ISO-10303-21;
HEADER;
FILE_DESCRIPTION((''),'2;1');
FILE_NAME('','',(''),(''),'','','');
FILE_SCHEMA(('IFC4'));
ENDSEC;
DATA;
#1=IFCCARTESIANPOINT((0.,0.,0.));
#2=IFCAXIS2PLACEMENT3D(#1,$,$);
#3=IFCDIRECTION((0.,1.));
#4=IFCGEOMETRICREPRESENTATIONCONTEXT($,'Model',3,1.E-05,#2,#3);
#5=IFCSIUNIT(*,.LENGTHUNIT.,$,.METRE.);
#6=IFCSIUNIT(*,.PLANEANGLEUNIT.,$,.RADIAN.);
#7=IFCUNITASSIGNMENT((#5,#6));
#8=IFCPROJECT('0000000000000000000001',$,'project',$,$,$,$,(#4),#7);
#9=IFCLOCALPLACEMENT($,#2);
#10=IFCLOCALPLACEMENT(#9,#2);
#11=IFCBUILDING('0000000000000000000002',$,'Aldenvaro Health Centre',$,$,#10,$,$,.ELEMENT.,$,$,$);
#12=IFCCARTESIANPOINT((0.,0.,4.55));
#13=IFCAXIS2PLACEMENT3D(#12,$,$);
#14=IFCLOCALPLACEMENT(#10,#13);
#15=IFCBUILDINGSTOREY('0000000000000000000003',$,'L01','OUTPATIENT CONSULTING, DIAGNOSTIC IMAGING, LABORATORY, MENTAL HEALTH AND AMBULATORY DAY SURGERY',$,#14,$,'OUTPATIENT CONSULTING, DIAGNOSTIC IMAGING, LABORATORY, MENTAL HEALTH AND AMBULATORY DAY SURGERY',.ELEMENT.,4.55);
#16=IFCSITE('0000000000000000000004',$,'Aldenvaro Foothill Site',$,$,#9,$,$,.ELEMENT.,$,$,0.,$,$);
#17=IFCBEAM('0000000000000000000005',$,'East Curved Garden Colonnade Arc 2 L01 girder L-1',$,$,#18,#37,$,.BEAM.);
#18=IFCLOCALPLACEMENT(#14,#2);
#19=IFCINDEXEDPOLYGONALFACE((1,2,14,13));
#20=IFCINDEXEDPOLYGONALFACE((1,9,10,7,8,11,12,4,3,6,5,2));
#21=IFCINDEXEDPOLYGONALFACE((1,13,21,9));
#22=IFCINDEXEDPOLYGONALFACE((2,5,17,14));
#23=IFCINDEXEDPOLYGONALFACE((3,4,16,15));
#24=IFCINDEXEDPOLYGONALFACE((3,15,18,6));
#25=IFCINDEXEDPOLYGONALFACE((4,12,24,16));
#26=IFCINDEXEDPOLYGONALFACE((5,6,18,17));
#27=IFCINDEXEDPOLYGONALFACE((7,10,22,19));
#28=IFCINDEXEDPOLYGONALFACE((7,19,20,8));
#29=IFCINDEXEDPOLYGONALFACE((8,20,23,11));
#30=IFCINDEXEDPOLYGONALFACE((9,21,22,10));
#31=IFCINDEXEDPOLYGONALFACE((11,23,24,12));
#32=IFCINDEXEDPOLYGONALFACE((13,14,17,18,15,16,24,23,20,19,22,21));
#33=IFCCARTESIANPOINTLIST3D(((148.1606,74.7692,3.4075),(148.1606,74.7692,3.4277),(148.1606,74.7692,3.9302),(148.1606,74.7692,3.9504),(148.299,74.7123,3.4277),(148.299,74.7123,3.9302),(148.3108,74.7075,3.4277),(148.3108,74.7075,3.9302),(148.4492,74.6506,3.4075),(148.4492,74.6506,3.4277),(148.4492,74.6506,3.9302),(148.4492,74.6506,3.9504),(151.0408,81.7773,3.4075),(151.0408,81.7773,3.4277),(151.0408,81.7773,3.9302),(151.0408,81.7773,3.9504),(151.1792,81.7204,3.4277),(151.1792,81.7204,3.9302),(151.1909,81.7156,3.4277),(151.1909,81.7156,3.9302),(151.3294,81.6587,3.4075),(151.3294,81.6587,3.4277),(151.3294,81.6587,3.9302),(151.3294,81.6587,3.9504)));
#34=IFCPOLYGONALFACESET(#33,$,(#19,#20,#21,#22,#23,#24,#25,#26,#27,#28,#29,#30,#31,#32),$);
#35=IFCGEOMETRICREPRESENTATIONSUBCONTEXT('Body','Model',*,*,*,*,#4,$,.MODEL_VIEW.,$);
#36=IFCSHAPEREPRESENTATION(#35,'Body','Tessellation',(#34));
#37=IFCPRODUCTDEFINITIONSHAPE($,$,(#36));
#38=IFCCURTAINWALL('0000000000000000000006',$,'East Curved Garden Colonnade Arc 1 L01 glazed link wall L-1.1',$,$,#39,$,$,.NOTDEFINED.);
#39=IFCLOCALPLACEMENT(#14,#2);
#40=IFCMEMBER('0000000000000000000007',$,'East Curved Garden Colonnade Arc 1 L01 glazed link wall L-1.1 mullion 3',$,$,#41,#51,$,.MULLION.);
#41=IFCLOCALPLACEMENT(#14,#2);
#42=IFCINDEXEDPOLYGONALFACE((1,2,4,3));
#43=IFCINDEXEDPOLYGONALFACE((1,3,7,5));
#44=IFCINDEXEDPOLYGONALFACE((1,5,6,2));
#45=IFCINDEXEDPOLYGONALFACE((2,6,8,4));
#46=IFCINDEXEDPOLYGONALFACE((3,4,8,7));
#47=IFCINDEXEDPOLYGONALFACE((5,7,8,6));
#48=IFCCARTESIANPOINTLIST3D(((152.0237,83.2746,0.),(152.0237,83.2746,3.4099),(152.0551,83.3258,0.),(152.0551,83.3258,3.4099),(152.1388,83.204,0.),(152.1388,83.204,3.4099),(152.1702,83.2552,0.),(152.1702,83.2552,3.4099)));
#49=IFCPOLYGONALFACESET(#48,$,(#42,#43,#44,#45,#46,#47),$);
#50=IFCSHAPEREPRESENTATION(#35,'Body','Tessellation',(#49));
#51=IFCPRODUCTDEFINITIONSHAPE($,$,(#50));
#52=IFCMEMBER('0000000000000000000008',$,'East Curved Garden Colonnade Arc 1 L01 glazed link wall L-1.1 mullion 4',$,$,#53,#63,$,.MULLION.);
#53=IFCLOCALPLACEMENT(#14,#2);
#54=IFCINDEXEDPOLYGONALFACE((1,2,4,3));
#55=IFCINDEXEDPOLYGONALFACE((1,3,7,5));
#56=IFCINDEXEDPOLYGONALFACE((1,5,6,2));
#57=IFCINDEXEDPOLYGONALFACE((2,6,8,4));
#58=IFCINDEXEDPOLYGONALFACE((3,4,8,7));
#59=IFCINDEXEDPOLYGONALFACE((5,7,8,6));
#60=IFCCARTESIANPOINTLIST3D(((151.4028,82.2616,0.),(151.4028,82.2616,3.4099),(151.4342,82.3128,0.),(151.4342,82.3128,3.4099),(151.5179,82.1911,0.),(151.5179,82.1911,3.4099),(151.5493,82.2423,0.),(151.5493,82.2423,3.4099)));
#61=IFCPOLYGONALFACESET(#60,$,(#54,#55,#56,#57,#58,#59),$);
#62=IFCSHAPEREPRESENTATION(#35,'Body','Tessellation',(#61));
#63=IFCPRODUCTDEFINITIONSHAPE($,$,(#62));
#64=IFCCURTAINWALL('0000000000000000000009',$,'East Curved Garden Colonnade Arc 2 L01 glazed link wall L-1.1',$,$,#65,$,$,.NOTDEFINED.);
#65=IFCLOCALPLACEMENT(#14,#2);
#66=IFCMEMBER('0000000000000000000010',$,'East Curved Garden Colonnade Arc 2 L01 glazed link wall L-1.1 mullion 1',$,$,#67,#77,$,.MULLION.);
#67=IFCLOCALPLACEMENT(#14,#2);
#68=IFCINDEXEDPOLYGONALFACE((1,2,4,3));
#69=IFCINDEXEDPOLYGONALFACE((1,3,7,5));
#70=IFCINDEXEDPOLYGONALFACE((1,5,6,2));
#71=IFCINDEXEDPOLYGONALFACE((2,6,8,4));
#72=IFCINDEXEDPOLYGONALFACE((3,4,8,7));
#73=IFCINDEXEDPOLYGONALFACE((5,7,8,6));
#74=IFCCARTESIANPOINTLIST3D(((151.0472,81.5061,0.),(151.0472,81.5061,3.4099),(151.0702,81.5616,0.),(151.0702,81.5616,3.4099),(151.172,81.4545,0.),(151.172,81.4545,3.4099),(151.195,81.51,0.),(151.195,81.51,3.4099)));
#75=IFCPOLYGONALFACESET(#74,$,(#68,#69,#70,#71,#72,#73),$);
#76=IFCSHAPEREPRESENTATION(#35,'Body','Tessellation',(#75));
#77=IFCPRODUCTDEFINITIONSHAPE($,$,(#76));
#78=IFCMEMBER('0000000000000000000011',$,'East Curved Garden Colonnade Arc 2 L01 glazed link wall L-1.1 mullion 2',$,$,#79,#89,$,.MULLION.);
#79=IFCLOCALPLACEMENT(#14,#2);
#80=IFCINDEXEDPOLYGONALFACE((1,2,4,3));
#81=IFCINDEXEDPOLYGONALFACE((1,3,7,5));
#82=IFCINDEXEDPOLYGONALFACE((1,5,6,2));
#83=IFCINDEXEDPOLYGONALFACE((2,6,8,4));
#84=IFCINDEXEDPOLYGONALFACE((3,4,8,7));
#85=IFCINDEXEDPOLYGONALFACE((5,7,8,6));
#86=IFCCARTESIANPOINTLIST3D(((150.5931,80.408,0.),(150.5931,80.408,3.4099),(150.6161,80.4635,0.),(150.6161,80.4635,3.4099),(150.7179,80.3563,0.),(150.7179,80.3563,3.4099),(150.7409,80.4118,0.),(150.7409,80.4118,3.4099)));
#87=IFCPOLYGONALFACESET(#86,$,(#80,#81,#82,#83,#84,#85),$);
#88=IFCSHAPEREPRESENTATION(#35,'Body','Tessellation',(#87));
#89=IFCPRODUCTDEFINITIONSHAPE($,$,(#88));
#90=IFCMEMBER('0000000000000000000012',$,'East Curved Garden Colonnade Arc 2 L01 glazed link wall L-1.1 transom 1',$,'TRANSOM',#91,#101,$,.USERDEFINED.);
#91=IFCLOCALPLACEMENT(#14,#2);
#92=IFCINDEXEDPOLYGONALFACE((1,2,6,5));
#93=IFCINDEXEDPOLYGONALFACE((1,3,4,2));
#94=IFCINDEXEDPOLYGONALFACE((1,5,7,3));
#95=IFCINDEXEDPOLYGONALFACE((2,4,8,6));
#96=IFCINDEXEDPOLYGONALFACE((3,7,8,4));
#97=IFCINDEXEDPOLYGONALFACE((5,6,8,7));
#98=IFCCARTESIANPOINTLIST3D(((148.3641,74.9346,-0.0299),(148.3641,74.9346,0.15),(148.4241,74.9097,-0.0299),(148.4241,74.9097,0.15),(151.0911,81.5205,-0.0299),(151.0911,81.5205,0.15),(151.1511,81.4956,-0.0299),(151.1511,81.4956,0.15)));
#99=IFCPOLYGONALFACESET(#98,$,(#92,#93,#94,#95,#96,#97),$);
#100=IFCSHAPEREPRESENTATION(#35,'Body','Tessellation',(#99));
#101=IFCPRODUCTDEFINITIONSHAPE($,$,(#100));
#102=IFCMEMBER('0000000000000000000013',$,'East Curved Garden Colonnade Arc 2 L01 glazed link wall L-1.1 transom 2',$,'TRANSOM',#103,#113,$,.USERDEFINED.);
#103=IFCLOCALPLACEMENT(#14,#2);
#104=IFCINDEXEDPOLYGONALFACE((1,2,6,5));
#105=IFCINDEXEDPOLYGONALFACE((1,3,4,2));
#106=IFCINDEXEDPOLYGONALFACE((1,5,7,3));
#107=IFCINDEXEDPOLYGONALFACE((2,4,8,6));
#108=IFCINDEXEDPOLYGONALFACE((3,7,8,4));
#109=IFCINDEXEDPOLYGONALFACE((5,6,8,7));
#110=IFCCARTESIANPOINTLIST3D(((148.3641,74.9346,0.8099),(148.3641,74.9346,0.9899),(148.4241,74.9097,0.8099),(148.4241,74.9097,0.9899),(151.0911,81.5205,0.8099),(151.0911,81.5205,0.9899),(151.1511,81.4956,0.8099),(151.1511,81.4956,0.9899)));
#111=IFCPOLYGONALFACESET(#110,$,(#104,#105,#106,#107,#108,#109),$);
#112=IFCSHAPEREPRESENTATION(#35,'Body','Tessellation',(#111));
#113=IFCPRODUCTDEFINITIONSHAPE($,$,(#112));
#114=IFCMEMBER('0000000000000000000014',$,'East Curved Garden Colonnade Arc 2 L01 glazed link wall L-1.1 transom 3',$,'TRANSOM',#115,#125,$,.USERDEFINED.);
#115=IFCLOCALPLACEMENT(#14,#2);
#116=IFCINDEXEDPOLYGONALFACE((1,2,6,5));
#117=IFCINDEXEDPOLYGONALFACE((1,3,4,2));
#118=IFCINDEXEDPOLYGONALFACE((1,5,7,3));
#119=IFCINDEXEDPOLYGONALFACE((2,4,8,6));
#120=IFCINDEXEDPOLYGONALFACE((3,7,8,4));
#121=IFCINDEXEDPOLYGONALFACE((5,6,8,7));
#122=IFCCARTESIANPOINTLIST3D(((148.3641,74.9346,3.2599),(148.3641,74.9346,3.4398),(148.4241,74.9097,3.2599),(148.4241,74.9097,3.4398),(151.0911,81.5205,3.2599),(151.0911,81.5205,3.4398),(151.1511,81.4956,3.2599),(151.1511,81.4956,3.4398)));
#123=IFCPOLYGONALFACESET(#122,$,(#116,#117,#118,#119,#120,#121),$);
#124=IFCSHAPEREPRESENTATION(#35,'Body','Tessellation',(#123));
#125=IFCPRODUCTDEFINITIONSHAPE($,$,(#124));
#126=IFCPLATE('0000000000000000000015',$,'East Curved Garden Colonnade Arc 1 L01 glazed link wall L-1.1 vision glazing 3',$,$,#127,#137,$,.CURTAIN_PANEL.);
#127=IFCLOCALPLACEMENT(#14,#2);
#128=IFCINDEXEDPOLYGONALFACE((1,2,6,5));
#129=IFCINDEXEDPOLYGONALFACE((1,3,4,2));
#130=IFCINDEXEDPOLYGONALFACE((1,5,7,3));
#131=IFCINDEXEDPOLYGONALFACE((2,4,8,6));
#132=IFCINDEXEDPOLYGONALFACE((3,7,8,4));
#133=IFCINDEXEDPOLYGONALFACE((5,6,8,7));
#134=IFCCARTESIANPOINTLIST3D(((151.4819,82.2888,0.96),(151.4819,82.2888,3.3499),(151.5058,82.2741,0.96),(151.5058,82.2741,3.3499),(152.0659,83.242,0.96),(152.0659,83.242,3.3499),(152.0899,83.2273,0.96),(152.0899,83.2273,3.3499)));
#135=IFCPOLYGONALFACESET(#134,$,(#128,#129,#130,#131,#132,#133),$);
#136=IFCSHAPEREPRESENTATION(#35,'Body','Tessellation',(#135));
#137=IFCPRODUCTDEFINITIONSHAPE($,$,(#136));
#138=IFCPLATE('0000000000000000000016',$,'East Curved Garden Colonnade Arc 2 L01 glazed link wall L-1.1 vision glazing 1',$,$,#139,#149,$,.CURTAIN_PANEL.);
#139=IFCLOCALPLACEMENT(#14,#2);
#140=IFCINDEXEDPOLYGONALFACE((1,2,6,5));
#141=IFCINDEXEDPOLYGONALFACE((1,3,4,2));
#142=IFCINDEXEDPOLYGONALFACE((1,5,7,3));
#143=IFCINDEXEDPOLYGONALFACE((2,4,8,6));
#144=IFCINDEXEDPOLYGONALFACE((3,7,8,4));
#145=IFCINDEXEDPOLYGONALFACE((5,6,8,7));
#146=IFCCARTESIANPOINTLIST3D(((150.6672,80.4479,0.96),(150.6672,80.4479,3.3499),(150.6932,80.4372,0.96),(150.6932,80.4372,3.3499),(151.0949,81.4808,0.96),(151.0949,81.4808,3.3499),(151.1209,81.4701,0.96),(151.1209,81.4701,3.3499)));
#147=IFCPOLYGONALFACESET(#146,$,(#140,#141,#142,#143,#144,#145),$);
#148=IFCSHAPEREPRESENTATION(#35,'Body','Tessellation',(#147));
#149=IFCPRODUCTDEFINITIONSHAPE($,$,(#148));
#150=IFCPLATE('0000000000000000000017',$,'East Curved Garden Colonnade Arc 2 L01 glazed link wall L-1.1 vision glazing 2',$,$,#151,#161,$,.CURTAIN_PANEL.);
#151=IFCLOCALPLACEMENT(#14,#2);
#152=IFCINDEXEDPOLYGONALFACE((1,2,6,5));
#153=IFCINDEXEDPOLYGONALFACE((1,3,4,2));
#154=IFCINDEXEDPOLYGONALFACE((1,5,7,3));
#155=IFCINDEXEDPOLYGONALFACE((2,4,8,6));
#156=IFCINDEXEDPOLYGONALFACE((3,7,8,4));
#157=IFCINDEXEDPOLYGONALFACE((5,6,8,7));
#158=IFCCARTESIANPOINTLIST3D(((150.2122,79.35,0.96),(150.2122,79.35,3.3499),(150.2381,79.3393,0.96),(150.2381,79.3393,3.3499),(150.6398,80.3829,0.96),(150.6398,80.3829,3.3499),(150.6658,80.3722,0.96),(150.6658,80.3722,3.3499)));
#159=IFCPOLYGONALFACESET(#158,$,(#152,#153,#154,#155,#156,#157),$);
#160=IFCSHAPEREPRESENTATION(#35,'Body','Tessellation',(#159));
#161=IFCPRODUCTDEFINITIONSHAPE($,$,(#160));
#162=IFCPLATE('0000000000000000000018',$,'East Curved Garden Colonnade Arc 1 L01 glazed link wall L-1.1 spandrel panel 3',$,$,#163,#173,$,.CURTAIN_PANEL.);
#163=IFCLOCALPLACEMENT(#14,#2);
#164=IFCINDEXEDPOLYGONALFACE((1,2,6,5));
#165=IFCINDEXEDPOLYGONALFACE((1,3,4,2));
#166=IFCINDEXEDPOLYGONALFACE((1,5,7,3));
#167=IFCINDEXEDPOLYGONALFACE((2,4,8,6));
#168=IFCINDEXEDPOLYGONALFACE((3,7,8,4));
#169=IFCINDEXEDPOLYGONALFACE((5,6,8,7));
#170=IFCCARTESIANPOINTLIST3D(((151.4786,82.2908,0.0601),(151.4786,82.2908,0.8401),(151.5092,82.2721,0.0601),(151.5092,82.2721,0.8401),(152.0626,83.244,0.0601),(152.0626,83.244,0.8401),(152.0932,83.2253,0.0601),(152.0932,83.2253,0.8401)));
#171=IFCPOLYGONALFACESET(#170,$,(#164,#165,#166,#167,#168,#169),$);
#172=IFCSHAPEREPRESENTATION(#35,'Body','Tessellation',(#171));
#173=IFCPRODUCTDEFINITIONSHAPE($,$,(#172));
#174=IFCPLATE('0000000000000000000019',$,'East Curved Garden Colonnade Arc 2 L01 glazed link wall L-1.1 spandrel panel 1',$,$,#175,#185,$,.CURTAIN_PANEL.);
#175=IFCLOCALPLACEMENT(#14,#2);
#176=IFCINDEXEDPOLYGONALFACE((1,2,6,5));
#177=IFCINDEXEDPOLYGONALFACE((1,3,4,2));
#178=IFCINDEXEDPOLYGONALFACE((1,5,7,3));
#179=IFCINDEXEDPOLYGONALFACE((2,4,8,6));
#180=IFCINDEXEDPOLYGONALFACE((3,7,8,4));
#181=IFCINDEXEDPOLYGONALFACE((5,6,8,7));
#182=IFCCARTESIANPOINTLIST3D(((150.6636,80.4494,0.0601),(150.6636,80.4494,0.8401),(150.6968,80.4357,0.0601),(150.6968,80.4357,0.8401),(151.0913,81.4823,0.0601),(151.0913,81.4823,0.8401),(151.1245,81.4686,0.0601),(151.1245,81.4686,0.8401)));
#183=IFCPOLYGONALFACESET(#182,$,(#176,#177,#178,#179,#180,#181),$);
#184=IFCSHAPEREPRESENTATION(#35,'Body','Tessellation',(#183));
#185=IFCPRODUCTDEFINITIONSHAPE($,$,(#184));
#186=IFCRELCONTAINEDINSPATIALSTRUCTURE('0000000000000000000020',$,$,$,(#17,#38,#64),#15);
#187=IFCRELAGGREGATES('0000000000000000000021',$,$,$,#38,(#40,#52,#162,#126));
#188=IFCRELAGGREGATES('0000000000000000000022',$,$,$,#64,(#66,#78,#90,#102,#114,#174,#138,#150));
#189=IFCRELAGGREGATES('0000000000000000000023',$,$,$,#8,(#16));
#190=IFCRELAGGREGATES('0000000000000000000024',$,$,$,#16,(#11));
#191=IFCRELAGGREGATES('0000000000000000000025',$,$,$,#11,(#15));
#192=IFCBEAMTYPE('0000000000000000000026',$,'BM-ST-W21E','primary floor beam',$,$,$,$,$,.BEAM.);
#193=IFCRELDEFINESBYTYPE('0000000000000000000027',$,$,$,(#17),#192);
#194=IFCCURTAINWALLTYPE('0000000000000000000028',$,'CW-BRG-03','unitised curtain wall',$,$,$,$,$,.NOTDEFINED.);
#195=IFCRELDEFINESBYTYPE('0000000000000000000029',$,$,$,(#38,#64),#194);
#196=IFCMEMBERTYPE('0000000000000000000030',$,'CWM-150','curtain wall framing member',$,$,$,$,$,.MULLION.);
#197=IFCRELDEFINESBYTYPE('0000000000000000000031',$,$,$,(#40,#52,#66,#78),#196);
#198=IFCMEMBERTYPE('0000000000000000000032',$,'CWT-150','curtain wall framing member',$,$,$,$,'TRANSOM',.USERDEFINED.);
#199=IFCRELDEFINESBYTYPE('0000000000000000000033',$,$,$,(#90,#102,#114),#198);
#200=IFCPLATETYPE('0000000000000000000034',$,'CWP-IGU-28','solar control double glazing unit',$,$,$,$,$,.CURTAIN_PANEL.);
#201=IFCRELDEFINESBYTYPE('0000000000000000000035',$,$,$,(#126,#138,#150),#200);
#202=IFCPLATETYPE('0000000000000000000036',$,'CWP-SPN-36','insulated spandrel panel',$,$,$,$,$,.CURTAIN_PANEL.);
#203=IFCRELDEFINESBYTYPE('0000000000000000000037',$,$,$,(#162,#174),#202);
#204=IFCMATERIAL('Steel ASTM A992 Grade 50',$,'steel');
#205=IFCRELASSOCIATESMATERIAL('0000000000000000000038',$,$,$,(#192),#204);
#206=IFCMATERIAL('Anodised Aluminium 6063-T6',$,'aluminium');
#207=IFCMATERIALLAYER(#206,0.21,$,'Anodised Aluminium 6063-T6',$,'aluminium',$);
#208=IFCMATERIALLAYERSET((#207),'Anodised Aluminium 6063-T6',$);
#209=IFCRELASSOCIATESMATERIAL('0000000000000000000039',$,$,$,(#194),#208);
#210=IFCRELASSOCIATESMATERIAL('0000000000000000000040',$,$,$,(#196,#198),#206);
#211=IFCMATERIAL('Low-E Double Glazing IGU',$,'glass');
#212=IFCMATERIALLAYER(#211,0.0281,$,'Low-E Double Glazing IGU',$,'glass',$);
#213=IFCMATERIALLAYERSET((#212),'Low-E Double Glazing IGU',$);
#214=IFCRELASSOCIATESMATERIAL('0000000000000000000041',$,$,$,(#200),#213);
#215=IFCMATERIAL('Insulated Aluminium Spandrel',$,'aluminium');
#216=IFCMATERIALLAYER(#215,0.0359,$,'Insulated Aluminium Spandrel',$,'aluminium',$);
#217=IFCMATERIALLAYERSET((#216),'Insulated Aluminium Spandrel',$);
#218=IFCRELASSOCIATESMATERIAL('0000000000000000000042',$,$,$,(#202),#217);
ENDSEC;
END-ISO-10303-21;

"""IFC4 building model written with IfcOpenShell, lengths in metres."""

from ifc_helpers import new_model, si_unit, direction, frame, origin, origin_2d, place, context, subcontext, project, spatial, rectangle, i_section, extrude, material, layer, layer_set, material_profile, profile_set, type_object, element, aggregate, save


model = new_model("IFC4")

# Units and contexts
model_context = context("Model", 3, precision=1e-05, world=origin(), true_north=direction((0.0, 1.0)))
body_context = subcontext(model_context, "Body", "Model", "MODEL_VIEW")
ifc_project = project(units=[si_unit("LENGTHUNIT", "METRE"), si_unit("PLANEANGLEUNIT", "RADIAN")], contexts=[model_context])

# Site, building, storey
site_placement = place(None, origin())
site = spatial("IfcSite", under=ifc_project, at=site_placement, Name="Aldenvaro Foothill Site", CompositionType="ELEMENT", RefElevation=0.0)
building_placement = place(site_placement, origin())
building = spatial("IfcBuilding", under=site, at=building_placement, Name="Aldenvaro Health Centre", CompositionType="ELEMENT")
storey_placement = place(building_placement, frame((0.0, 0.0, 4.55)))
storey = spatial("IfcBuildingStorey", under=building, at=storey_placement, Name="L01", Description="OUTPATIENT CONSULTING, DIAGNOSTIC IMAGING, LABORATORY, MENTAL HEALTH AND AMBULATORY DAY SURGERY", LongName="OUTPATIENT CONSULTING, DIAGNOSTIC IMAGING, LABORATORY, MENTAL HEALTH AND AMBULATORY DAY SURGERY", CompositionType="ELEMENT", Elevation=4.55)

# Beam
ifc_material_1 = material(Name="Steel ASTM A992 Grade 50", Category="steel")
ifc_material_profile_1 = material_profile(ifc_material_1, i_section(OverallWidth=0.312, OverallDepth=0.543, WebThickness=0.0127, FlangeThickness=0.0203, at=origin_2d()), Name="W21X101", Category="steel")
ifc_profile_set_1 = profile_set([ifc_material_profile_1], Name="Steel ASTM A992 Grade 50")
beam_type_1 = type_object("IfcBeamType", Name="BM-ST-W21E", Description="primary floor beam", PredefinedType="BEAM", material=ifc_profile_set_1)
beam_1_placement = place(storey_placement, frame((151.1851, 81.718, 3.679), z_axis=(-0.380124, -0.924935, 0.0), x_axis=(0.924935, -0.380124, 0.0)))
element("IfcBeam", 1, at=beam_1_placement, inside=storey, type_object=beam_type_1, Name="East Curved Garden Colonnade Arc 2 L01 girder L-1", PredefinedType="BEAM", context=body_context, shape_type="SweptSolid", body=[
    extrude(i_section(OverallWidth=0.312, OverallDepth=0.543, WebThickness=0.0127, FlangeThickness=0.0203, at=origin_2d()), origin(), (0.0, 0.0, 1.0), 7.5769),
])

# Curtain walls, members
ifc_material_2 = material(Name="Anodised Aluminium 6063-T6", Category="aluminium")
ifc_layer_1 = layer(ifc_material_2, 0.21, Name="Anodised Aluminium 6063-T6", Category="aluminium")
ifc_layer_set_1 = layer_set([ifc_layer_1], Name="Anodised Aluminium 6063-T6")
curtain_wall_type = type_object("IfcCurtainWallType", Name="CW-BRG-03", Description="unitised curtain wall", PredefinedType="NOTDEFINED", material=ifc_layer_set_1)
curtain_wall_1_placement = place(storey_placement, origin())
curtain_wall_1 = element("IfcCurtainWall", 2, at=curtain_wall_1_placement, inside=storey, type_object=curtain_wall_type, Name="East Curved Garden Colonnade Arc 1 L01 glazed link wall L-1.1", PredefinedType="NOTDEFINED")
ifc_material_profile_2 = material_profile(ifc_material_2, rectangle(XDim=0.0601, YDim=0.135, at=origin_2d()), Name="ALU 60x135", Category="aluminium")
ifc_profile_set_2 = profile_set([ifc_material_profile_2], Name="Anodised Aluminium 6063-T6")
member_type_1 = type_object("IfcMemberType", Name="CWM-150", Description="curtain wall framing member", PredefinedType="MULLION", material=ifc_profile_set_2)
member_1_placement = place(storey_placement, frame((152.0969, 83.2649, 0.0), z_axis=(0.0, 0.0, 1.0), x_axis=(-0.522437, -0.852678, 0.0)))
member_1 = element("IfcMember", 3, at=member_1_placement, type_object=member_type_1, Name="East Curved Garden Colonnade Arc 1 L01 glazed link wall L-1.1 mullion 3", PredefinedType="MULLION", context=body_context, shape_type="SweptSolid", body=[
    extrude(rectangle(XDim=0.0601, YDim=0.135, at=origin_2d()), origin(), (0.0, 0.0, 1.0), 3.4099),
])
member_2_placement = place(storey_placement, frame((151.4761, 82.252, 0.0), z_axis=(0.0, 0.0, 1.0), x_axis=(-0.522437, -0.852678, 0.0)))
member_2 = element("IfcMember", 4, at=member_2_placement, type_object=member_type_1, Name="East Curved Garden Colonnade Arc 1 L01 glazed link wall L-1.1 mullion 4", PredefinedType="MULLION", context=body_context, shape_type="SweptSolid", body=[
    extrude(rectangle(XDim=0.0601, YDim=0.135, at=origin_2d()), origin(), (0.0, 0.0, 1.0), 3.4099),
])
curtain_wall_2_placement = place(storey_placement, origin())
curtain_wall_2 = element("IfcCurtainWall", 5, at=curtain_wall_2_placement, inside=storey, type_object=curtain_wall_type, Name="East Curved Garden Colonnade Arc 2 L01 glazed link wall L-1.1", PredefinedType="NOTDEFINED")
member_3_placement = place(storey_placement, frame((151.1211, 81.5081, 0.0), z_axis=(0.0, 0.0, 1.0), x_axis=(-0.382562, -0.92393, 0.0)))
member_3 = element("IfcMember", 6, at=member_3_placement, type_object=member_type_1, Name="East Curved Garden Colonnade Arc 2 L01 glazed link wall L-1.1 mullion 1", PredefinedType="MULLION", context=body_context, shape_type="SweptSolid", body=[
    extrude(rectangle(XDim=0.0601, YDim=0.135, at=origin_2d()), origin(), (0.0, 0.0, 1.0), 3.4099),
])
member_4_placement = place(storey_placement, frame((150.667, 80.4099, 0.0), z_axis=(0.0, 0.0, 1.0), x_axis=(-0.382562, -0.92393, 0.0)))
member_4 = element("IfcMember", 7, at=member_4_placement, type_object=member_type_1, Name="East Curved Garden Colonnade Arc 2 L01 glazed link wall L-1.1 mullion 2", PredefinedType="MULLION", context=body_context, shape_type="SweptSolid", body=[
    extrude(rectangle(XDim=0.0601, YDim=0.135, at=origin_2d()), origin(), (0.0, 0.0, 1.0), 3.4099),
])
ifc_material_profile_3 = material_profile(ifc_material_2, rectangle(XDim=0.0649, YDim=0.1799, at=origin_2d()), Name="ALU 65x180", Category="aluminium")
ifc_profile_set_3 = profile_set([ifc_material_profile_3], Name="Anodised Aluminium 6063-T6")
member_type_2 = type_object("IfcMemberType", Name="CWT-150", Description="curtain wall framing member", ElementType="TRANSOM", PredefinedType="USERDEFINED", material=ifc_profile_set_3)
member_5_placement = place(storey_placement, frame((151.1211, 81.5081, 0.0601), z_axis=(-0.382572, -0.923926, 0.0), x_axis=(0.923926, -0.382572, 0.0)))
member_5 = element("IfcMember", 8, at=member_5_placement, type_object=member_type_2, Name="East Curved Garden Colonnade Arc 2 L01 glazed link wall L-1.1 transom 1", ObjectType="TRANSOM", PredefinedType="USERDEFINED", context=body_context, shape_type="SweptSolid", body=[
    extrude(rectangle(XDim=0.0649, YDim=0.1799, at=origin_2d()), origin(), (0.0, 0.0, 1.0), 7.1282),
])
member_6_placement = place(storey_placement, frame((151.1211, 81.5081, 0.8999), z_axis=(-0.382572, -0.923926, 0.0), x_axis=(0.923926, -0.382572, 0.0)))
member_6 = element("IfcMember", 9, at=member_6_placement, type_object=member_type_2, Name="East Curved Garden Colonnade Arc 2 L01 glazed link wall L-1.1 transom 2", ObjectType="TRANSOM", PredefinedType="USERDEFINED", context=body_context, shape_type="SweptSolid", body=[
    extrude(rectangle(XDim=0.0649, YDim=0.1799, at=origin_2d()), origin(), (0.0, 0.0, 1.0), 7.1282),
])
member_7_placement = place(storey_placement, frame((151.1211, 81.5081, 3.3499), z_axis=(-0.382572, -0.923926, 0.0), x_axis=(0.923926, -0.382572, 0.0)))
member_7 = element("IfcMember", 10, at=member_7_placement, type_object=member_type_2, Name="East Curved Garden Colonnade Arc 2 L01 glazed link wall L-1.1 transom 3", ObjectType="TRANSOM", PredefinedType="USERDEFINED", context=body_context, shape_type="SweptSolid", body=[
    extrude(rectangle(XDim=0.0649, YDim=0.1799, at=origin_2d()), origin(), (0.0, 0.0, 1.0), 7.1282),
])

# Plates
ifc_material_3 = material(Name="Low-E Double Glazing IGU", Category="glass")
ifc_layer_2 = layer(ifc_material_3, 0.0281, Name="Low-E Double Glazing IGU", Category="glass")
ifc_layer_set_2 = layer_set([ifc_layer_2], Name="Low-E Double Glazing IGU")
plate_type_1 = type_object("IfcPlateType", Name="CWP-IGU-28", Description="solar control double glazing unit", PredefinedType="CURTAIN_PANEL", material=ifc_layer_set_2)
plate_1_placement = place(storey_placement, frame((151.7859, 82.7581, 0.96), z_axis=(0.0, 0.0, 1.0), x_axis=(-0.522437, -0.852678, 0.0)))
plate_1 = element("IfcPlate", 11, at=plate_1_placement, type_object=plate_type_1, Name="East Curved Garden Colonnade Arc 1 L01 glazed link wall L-1.1 vision glazing 3", PredefinedType="CURTAIN_PANEL", context=body_context, shape_type="SweptSolid", body=[
    extrude(rectangle(XDim=1.1179, YDim=0.0281, at=origin_2d()), origin(), (0.0, 0.0, 1.0), 2.3899),
])
plate_2_placement = place(storey_placement, frame((150.894, 80.959, 0.96), z_axis=(0.0, 0.0, 1.0), x_axis=(-0.382562, -0.92393, 0.0)))
plate_2 = element("IfcPlate", 12, at=plate_2_placement, type_object=plate_type_1, Name="East Curved Garden Colonnade Arc 2 L01 glazed link wall L-1.1 vision glazing 1", PredefinedType="CURTAIN_PANEL", context=body_context, shape_type="SweptSolid", body=[
    extrude(rectangle(XDim=1.1179, YDim=0.0281, at=origin_2d()), origin(), (0.0, 0.0, 1.0), 2.3899),
])
plate_3_placement = place(storey_placement, frame((150.439, 79.8611, 0.96), z_axis=(0.0, 0.0, 1.0), x_axis=(-0.382562, -0.92393, 0.0)))
plate_3 = element("IfcPlate", 13, at=plate_3_placement, type_object=plate_type_1, Name="East Curved Garden Colonnade Arc 2 L01 glazed link wall L-1.1 vision glazing 2", PredefinedType="CURTAIN_PANEL", context=body_context, shape_type="SweptSolid", body=[
    extrude(rectangle(XDim=1.1179, YDim=0.0281, at=origin_2d()), origin(), (0.0, 0.0, 1.0), 2.3899),
])
ifc_material_4 = material(Name="Insulated Aluminium Spandrel", Category="aluminium")
ifc_layer_3 = layer(ifc_material_4, 0.0359, Name="Insulated Aluminium Spandrel", Category="aluminium")
ifc_layer_set_3 = layer_set([ifc_layer_3], Name="Insulated Aluminium Spandrel")
plate_type_2 = type_object("IfcPlateType", Name="CWP-SPN-36", Description="insulated spandrel panel", PredefinedType="CURTAIN_PANEL", material=ifc_layer_set_3)
plate_4_placement = place(storey_placement, frame((151.7859, 82.7581, 0.0601), z_axis=(0.0, 0.0, 1.0), x_axis=(-0.522437, -0.852678, 0.0)))
plate_4 = element("IfcPlate", 14, at=plate_4_placement, type_object=plate_type_2, Name="East Curved Garden Colonnade Arc 1 L01 glazed link wall L-1.1 spandrel panel 3", PredefinedType="CURTAIN_PANEL", context=body_context, shape_type="SweptSolid", body=[
    extrude(rectangle(XDim=1.1179, YDim=0.0359, at=origin_2d()), origin(), (0.0, 0.0, 1.0), 0.78),
])
aggregate(curtain_wall_1, [member_1, member_2, plate_4, plate_1])
plate_5_placement = place(storey_placement, frame((150.894, 80.959, 0.0601), z_axis=(0.0, 0.0, 1.0), x_axis=(-0.382562, -0.92393, 0.0)))
plate_5 = element("IfcPlate", 15, at=plate_5_placement, type_object=plate_type_2, Name="East Curved Garden Colonnade Arc 2 L01 glazed link wall L-1.1 spandrel panel 1", PredefinedType="CURTAIN_PANEL", context=body_context, shape_type="SweptSolid", body=[
    extrude(rectangle(XDim=1.1179, YDim=0.0359, at=origin_2d()), origin(), (0.0, 0.0, 1.0), 0.78),
])
aggregate(curtain_wall_2, [member_3, member_4, member_5, member_6, member_7, plate_5, plate_2, plate_3])

save(model, "model.ifc")
